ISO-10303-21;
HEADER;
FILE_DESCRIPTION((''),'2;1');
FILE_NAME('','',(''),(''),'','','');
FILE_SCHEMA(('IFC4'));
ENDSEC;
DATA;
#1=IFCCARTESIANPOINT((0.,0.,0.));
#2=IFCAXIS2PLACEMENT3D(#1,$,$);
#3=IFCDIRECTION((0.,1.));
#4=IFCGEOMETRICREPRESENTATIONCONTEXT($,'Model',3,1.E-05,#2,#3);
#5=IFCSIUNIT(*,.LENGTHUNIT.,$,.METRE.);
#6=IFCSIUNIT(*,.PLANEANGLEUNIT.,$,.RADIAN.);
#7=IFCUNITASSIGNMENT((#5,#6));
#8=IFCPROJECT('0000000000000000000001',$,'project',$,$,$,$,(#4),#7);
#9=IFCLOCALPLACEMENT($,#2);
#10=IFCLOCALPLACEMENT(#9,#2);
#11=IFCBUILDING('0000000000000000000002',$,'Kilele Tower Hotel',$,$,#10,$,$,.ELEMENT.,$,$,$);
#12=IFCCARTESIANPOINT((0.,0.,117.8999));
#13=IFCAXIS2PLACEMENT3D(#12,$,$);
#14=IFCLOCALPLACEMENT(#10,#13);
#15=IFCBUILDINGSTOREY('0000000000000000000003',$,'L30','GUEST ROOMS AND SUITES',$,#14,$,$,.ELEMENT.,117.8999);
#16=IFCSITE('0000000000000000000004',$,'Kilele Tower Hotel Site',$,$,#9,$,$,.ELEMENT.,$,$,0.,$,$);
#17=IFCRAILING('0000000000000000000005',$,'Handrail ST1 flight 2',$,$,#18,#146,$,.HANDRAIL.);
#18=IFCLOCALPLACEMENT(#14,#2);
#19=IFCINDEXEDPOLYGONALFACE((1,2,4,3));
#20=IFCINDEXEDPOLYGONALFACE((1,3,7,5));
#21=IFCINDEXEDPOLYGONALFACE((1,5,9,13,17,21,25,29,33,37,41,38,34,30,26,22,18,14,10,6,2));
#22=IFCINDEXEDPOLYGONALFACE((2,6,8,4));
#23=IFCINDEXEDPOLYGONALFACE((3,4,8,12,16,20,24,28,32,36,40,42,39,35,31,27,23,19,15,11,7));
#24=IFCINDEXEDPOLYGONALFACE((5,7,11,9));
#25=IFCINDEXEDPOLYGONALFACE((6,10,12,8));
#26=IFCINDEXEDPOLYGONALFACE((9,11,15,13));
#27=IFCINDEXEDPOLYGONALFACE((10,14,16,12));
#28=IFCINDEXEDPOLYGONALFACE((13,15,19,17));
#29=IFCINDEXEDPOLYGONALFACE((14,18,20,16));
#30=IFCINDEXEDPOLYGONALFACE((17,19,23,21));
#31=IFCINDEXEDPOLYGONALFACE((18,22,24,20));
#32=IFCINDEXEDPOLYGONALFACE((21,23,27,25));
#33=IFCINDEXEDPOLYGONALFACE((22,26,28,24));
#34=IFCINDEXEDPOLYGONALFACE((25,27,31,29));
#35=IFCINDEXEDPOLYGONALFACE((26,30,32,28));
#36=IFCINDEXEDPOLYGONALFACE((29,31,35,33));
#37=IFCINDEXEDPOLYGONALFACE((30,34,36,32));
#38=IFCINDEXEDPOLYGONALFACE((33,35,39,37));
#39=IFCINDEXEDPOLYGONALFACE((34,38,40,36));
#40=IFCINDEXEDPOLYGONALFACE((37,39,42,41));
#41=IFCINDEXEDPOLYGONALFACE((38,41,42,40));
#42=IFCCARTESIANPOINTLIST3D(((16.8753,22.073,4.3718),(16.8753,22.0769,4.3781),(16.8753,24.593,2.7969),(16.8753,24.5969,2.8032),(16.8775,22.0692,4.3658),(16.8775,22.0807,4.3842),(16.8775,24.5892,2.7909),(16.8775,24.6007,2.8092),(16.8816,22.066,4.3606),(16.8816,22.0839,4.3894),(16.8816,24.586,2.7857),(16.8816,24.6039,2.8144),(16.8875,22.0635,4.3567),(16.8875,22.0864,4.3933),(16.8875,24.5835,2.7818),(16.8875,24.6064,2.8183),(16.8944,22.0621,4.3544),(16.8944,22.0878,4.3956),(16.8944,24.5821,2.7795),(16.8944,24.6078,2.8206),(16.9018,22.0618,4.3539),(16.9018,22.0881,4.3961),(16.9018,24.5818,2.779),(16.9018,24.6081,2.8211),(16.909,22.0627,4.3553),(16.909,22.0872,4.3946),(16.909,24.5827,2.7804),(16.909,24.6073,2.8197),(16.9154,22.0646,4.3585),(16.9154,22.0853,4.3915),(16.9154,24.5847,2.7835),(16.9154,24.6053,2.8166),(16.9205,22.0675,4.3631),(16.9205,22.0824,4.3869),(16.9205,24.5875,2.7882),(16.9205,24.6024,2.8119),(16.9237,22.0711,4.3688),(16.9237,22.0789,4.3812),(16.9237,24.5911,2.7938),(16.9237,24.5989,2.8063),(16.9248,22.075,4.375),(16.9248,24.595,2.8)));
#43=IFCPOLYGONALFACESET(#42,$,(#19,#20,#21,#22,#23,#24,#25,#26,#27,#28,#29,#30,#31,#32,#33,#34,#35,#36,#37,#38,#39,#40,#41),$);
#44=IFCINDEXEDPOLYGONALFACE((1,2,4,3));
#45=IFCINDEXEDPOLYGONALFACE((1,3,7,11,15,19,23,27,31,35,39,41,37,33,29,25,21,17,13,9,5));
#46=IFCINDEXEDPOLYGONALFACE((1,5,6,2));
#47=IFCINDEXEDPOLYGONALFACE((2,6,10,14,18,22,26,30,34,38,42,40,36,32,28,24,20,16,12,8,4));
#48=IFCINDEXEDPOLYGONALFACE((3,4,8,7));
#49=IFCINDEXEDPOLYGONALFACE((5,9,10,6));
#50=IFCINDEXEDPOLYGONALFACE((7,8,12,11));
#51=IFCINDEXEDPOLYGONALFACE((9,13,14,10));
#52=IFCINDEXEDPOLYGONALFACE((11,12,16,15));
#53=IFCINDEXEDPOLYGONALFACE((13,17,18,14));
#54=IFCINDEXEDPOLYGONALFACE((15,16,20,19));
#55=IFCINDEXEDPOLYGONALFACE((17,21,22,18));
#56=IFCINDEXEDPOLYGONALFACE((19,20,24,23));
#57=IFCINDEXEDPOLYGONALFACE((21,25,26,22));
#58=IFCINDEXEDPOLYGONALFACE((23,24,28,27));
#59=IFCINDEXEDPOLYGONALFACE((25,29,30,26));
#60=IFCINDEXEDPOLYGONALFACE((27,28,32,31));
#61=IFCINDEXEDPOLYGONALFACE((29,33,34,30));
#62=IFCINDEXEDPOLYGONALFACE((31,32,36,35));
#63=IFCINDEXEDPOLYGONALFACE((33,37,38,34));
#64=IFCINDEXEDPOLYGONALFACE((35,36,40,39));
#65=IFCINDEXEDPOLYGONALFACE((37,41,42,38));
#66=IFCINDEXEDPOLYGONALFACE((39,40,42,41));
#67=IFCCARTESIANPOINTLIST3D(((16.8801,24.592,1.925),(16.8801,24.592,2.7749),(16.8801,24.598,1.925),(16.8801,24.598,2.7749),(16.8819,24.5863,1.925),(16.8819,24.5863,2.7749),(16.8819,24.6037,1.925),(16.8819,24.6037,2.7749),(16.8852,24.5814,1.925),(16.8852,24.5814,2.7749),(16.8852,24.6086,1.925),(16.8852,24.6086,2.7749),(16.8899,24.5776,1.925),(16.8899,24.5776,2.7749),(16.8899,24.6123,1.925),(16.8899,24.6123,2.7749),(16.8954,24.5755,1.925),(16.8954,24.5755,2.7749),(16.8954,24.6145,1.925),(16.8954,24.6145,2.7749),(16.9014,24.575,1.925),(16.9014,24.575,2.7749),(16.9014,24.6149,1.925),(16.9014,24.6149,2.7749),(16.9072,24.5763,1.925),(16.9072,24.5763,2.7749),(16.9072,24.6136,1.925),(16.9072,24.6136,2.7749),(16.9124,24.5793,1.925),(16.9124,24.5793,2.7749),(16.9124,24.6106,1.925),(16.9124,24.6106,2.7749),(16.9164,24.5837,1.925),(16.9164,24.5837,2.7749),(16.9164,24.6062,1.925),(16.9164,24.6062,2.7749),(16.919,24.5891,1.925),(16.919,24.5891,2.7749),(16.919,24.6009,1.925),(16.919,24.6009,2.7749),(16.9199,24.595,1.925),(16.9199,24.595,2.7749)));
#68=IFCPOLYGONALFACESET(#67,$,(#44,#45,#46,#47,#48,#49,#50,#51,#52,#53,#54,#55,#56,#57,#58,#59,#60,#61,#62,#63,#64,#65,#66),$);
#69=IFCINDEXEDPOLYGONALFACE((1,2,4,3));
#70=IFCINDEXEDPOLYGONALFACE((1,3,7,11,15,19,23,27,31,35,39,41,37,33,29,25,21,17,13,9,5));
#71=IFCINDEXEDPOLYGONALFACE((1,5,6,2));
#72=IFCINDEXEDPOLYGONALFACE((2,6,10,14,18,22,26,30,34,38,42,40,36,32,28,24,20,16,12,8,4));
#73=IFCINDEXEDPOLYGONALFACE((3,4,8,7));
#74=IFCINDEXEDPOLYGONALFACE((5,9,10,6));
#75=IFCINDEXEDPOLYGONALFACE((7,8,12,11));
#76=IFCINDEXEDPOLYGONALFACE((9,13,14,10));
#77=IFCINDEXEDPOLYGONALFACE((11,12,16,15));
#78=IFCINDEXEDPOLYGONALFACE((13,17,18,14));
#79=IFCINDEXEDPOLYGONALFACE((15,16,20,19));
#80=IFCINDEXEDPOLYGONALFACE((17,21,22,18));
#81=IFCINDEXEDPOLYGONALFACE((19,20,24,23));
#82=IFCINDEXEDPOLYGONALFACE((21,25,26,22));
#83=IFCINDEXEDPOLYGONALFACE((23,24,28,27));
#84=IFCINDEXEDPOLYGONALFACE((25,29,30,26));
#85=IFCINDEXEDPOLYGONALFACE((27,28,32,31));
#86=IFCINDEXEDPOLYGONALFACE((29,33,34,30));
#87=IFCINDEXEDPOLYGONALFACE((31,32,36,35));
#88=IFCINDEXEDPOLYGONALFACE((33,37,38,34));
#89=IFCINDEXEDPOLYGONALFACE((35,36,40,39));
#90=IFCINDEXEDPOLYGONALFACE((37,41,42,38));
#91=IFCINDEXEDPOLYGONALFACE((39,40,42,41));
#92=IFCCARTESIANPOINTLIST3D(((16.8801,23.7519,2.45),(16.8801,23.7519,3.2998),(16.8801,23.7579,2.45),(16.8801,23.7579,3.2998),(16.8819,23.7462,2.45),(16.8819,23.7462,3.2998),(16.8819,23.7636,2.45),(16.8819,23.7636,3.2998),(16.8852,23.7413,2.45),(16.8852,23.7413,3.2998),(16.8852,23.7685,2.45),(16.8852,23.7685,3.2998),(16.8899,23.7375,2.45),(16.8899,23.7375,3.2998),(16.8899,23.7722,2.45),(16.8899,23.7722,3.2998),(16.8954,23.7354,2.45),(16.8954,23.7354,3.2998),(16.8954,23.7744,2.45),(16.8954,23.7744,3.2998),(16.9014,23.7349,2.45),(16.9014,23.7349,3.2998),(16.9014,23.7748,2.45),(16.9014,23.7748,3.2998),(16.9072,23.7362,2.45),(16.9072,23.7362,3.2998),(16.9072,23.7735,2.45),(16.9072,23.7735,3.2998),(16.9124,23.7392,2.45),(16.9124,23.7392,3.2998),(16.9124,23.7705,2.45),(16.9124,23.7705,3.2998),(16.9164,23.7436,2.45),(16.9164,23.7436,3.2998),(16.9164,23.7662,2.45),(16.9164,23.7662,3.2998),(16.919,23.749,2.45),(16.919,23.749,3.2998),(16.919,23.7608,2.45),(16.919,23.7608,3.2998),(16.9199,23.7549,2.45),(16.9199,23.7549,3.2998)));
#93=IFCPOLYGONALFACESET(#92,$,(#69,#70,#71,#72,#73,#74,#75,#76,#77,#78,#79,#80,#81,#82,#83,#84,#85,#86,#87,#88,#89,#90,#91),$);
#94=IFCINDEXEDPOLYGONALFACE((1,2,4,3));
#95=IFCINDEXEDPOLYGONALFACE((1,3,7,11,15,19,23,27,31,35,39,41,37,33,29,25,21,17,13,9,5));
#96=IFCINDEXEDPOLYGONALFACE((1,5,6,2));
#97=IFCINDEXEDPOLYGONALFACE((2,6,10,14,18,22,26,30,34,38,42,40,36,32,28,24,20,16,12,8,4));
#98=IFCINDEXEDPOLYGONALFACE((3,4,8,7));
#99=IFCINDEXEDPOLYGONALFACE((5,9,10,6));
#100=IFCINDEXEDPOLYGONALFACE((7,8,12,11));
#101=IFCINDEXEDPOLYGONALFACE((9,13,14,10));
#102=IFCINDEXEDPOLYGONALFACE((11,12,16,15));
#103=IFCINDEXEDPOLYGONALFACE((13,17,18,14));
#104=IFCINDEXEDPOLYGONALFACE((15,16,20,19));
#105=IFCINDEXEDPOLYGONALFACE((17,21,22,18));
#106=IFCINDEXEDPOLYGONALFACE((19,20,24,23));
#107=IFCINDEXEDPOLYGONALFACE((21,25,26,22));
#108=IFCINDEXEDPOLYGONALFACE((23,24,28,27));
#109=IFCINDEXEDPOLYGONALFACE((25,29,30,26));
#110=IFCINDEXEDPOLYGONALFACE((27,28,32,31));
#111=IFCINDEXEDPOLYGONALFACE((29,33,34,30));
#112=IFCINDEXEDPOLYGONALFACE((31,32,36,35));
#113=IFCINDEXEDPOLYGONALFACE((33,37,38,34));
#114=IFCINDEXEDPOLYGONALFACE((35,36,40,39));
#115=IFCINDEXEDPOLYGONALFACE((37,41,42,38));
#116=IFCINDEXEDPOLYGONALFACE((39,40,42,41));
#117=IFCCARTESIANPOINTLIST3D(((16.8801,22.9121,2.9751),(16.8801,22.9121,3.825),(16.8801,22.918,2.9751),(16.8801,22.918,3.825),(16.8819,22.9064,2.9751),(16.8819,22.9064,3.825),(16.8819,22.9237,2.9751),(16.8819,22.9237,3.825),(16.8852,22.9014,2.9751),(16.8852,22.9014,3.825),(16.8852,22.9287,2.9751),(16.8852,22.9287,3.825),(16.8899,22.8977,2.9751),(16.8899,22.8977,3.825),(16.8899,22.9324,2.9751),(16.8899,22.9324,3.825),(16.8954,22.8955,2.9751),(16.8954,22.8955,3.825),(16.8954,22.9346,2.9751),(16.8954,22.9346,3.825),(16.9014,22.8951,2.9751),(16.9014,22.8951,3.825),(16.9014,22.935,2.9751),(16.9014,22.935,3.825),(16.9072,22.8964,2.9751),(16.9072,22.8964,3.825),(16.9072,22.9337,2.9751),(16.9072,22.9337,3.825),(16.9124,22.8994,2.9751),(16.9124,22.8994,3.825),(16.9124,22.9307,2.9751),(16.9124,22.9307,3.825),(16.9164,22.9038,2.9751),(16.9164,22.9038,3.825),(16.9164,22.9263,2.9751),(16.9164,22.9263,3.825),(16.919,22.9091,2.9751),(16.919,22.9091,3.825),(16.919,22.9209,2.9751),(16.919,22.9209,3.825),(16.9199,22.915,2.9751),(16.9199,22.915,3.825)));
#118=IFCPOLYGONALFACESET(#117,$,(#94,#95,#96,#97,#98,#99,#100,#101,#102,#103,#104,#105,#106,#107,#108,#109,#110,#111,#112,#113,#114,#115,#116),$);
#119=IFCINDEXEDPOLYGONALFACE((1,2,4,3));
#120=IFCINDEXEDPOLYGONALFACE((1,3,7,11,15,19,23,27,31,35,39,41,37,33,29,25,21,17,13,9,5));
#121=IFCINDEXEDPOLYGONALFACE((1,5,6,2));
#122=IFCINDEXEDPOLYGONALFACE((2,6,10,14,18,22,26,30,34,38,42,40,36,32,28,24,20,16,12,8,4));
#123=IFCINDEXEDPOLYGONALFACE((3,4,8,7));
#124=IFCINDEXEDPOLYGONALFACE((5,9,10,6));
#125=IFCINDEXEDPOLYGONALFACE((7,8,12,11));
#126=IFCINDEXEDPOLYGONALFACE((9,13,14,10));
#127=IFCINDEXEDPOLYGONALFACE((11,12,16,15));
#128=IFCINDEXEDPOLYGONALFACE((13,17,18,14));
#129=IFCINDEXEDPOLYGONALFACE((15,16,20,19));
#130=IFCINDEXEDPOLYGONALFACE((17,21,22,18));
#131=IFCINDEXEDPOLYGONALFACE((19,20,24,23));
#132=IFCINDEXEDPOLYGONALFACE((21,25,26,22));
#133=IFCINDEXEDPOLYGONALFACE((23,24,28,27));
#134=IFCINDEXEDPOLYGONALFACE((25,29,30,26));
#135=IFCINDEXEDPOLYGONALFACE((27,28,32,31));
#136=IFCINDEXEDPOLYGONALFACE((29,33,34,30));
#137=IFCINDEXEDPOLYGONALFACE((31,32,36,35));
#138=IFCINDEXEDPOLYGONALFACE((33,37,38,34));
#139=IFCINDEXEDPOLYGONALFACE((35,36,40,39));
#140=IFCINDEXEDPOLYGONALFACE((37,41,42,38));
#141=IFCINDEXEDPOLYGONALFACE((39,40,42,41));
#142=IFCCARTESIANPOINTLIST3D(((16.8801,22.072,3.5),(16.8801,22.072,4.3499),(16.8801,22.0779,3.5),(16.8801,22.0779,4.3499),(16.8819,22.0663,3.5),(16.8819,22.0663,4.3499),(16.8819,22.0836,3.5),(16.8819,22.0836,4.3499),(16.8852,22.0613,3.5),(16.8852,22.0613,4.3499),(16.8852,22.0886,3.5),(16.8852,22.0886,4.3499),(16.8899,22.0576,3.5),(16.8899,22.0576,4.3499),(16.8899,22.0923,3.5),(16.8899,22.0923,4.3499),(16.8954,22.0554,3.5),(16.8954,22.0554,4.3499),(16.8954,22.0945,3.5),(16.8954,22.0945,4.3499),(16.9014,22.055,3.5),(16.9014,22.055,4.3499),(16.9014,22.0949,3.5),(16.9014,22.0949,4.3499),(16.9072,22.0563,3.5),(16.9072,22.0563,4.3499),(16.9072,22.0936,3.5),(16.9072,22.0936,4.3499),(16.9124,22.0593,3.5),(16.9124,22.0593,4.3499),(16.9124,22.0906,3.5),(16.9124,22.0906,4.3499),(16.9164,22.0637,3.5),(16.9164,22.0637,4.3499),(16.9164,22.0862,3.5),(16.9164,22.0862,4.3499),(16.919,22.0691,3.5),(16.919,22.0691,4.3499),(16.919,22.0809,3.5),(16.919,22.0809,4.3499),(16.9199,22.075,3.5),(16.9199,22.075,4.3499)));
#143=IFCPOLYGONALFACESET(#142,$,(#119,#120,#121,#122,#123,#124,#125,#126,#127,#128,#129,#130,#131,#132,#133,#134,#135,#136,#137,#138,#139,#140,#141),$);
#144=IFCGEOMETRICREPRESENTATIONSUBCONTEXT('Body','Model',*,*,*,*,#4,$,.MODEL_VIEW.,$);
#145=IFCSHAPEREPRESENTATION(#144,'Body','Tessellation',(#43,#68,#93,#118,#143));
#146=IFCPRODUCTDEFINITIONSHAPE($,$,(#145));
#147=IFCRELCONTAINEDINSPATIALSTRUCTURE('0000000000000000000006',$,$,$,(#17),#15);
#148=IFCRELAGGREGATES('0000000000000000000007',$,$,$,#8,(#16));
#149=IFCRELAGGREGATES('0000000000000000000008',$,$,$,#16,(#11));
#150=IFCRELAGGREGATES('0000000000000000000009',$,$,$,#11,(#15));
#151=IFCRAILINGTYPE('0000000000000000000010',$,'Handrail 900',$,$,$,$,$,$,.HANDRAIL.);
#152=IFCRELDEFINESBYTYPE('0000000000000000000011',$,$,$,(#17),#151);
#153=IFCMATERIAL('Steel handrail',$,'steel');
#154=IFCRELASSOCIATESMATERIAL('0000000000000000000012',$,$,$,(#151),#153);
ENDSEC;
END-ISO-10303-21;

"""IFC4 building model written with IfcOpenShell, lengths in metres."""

from ifc_helpers import new_model, si_unit, direction, frame, origin, origin_2d, place, context, subcontext, project, spatial, circle, extrude, material, type_object, element, save


model = new_model("IFC4")

# Units and contexts
model_context = context("Model", 3, precision=1e-05, world=origin(), true_north=direction((0.0, 1.0)))
body_context = subcontext(model_context, "Body", "Model", "MODEL_VIEW")
ifc_project = project(units=[si_unit("LENGTHUNIT", "METRE"), si_unit("PLANEANGLEUNIT", "RADIAN")], contexts=[model_context])

# Site, building, storey
site_placement = place(None, origin())
site = spatial("IfcSite", under=ifc_project, at=site_placement, Name="Kilele Tower Hotel Site", CompositionType="ELEMENT", RefElevation=0.0)
building_placement = place(site_placement, origin())
building = spatial("IfcBuilding", under=site, at=building_placement, Name="Kilele Tower Hotel", CompositionType="ELEMENT")
storey_placement = place(building_placement, frame((0.0, 0.0, 117.8999)))
storey = spatial("IfcBuildingStorey", under=building, at=storey_placement, Name="L30", Description="GUEST ROOMS AND SUITES", CompositionType="ELEMENT", Elevation=117.8999)

# Railing
ifc_material_1 = material(Name="Steel handrail", Category="steel")
railing_type_1 = type_object("IfcRailingType", Name="Handrail 900", PredefinedType="HANDRAIL", material=ifc_material_1)
for number, where, name in (
    (1, (16.8999, 24.595, 1.925), "Handrail ST1 flight 2"),
):
    element("IfcRailing", number, at=place(storey_placement, frame(where)), inside=storey, type_object=railing_type_1, Name=name, PredefinedType="HANDRAIL", context=body_context, shape_type="SweptSolid", body=[
        extrude(circle(Radius=0.0249, at=origin_2d()), frame((0.0, 0.0, 0.875), z_axis=(0.0, -0.848008, 0.529984), x_axis=(1.0, 0.0, 0.0)), (0.0, 0.0, 1.0), 2.9717),
        extrude(circle(Radius=0.02, at=origin_2d()), origin(), (0.0, 0.0, 1.0), 0.8499),
        extrude(circle(Radius=0.02, at=origin_2d()), frame((0.0, -0.8401, 0.5249)), (0.0, 0.0, 1.0), 0.8499),
        extrude(circle(Radius=0.02, at=origin_2d()), frame((0.0, -1.6799, 1.05)), (0.0, 0.0, 1.0), 0.8499),
        extrude(circle(Radius=0.02, at=origin_2d()), frame((0.0, -2.52, 1.575)), (0.0, 0.0, 1.0), 0.8499),
    ])

save(model, "model.ifc")
